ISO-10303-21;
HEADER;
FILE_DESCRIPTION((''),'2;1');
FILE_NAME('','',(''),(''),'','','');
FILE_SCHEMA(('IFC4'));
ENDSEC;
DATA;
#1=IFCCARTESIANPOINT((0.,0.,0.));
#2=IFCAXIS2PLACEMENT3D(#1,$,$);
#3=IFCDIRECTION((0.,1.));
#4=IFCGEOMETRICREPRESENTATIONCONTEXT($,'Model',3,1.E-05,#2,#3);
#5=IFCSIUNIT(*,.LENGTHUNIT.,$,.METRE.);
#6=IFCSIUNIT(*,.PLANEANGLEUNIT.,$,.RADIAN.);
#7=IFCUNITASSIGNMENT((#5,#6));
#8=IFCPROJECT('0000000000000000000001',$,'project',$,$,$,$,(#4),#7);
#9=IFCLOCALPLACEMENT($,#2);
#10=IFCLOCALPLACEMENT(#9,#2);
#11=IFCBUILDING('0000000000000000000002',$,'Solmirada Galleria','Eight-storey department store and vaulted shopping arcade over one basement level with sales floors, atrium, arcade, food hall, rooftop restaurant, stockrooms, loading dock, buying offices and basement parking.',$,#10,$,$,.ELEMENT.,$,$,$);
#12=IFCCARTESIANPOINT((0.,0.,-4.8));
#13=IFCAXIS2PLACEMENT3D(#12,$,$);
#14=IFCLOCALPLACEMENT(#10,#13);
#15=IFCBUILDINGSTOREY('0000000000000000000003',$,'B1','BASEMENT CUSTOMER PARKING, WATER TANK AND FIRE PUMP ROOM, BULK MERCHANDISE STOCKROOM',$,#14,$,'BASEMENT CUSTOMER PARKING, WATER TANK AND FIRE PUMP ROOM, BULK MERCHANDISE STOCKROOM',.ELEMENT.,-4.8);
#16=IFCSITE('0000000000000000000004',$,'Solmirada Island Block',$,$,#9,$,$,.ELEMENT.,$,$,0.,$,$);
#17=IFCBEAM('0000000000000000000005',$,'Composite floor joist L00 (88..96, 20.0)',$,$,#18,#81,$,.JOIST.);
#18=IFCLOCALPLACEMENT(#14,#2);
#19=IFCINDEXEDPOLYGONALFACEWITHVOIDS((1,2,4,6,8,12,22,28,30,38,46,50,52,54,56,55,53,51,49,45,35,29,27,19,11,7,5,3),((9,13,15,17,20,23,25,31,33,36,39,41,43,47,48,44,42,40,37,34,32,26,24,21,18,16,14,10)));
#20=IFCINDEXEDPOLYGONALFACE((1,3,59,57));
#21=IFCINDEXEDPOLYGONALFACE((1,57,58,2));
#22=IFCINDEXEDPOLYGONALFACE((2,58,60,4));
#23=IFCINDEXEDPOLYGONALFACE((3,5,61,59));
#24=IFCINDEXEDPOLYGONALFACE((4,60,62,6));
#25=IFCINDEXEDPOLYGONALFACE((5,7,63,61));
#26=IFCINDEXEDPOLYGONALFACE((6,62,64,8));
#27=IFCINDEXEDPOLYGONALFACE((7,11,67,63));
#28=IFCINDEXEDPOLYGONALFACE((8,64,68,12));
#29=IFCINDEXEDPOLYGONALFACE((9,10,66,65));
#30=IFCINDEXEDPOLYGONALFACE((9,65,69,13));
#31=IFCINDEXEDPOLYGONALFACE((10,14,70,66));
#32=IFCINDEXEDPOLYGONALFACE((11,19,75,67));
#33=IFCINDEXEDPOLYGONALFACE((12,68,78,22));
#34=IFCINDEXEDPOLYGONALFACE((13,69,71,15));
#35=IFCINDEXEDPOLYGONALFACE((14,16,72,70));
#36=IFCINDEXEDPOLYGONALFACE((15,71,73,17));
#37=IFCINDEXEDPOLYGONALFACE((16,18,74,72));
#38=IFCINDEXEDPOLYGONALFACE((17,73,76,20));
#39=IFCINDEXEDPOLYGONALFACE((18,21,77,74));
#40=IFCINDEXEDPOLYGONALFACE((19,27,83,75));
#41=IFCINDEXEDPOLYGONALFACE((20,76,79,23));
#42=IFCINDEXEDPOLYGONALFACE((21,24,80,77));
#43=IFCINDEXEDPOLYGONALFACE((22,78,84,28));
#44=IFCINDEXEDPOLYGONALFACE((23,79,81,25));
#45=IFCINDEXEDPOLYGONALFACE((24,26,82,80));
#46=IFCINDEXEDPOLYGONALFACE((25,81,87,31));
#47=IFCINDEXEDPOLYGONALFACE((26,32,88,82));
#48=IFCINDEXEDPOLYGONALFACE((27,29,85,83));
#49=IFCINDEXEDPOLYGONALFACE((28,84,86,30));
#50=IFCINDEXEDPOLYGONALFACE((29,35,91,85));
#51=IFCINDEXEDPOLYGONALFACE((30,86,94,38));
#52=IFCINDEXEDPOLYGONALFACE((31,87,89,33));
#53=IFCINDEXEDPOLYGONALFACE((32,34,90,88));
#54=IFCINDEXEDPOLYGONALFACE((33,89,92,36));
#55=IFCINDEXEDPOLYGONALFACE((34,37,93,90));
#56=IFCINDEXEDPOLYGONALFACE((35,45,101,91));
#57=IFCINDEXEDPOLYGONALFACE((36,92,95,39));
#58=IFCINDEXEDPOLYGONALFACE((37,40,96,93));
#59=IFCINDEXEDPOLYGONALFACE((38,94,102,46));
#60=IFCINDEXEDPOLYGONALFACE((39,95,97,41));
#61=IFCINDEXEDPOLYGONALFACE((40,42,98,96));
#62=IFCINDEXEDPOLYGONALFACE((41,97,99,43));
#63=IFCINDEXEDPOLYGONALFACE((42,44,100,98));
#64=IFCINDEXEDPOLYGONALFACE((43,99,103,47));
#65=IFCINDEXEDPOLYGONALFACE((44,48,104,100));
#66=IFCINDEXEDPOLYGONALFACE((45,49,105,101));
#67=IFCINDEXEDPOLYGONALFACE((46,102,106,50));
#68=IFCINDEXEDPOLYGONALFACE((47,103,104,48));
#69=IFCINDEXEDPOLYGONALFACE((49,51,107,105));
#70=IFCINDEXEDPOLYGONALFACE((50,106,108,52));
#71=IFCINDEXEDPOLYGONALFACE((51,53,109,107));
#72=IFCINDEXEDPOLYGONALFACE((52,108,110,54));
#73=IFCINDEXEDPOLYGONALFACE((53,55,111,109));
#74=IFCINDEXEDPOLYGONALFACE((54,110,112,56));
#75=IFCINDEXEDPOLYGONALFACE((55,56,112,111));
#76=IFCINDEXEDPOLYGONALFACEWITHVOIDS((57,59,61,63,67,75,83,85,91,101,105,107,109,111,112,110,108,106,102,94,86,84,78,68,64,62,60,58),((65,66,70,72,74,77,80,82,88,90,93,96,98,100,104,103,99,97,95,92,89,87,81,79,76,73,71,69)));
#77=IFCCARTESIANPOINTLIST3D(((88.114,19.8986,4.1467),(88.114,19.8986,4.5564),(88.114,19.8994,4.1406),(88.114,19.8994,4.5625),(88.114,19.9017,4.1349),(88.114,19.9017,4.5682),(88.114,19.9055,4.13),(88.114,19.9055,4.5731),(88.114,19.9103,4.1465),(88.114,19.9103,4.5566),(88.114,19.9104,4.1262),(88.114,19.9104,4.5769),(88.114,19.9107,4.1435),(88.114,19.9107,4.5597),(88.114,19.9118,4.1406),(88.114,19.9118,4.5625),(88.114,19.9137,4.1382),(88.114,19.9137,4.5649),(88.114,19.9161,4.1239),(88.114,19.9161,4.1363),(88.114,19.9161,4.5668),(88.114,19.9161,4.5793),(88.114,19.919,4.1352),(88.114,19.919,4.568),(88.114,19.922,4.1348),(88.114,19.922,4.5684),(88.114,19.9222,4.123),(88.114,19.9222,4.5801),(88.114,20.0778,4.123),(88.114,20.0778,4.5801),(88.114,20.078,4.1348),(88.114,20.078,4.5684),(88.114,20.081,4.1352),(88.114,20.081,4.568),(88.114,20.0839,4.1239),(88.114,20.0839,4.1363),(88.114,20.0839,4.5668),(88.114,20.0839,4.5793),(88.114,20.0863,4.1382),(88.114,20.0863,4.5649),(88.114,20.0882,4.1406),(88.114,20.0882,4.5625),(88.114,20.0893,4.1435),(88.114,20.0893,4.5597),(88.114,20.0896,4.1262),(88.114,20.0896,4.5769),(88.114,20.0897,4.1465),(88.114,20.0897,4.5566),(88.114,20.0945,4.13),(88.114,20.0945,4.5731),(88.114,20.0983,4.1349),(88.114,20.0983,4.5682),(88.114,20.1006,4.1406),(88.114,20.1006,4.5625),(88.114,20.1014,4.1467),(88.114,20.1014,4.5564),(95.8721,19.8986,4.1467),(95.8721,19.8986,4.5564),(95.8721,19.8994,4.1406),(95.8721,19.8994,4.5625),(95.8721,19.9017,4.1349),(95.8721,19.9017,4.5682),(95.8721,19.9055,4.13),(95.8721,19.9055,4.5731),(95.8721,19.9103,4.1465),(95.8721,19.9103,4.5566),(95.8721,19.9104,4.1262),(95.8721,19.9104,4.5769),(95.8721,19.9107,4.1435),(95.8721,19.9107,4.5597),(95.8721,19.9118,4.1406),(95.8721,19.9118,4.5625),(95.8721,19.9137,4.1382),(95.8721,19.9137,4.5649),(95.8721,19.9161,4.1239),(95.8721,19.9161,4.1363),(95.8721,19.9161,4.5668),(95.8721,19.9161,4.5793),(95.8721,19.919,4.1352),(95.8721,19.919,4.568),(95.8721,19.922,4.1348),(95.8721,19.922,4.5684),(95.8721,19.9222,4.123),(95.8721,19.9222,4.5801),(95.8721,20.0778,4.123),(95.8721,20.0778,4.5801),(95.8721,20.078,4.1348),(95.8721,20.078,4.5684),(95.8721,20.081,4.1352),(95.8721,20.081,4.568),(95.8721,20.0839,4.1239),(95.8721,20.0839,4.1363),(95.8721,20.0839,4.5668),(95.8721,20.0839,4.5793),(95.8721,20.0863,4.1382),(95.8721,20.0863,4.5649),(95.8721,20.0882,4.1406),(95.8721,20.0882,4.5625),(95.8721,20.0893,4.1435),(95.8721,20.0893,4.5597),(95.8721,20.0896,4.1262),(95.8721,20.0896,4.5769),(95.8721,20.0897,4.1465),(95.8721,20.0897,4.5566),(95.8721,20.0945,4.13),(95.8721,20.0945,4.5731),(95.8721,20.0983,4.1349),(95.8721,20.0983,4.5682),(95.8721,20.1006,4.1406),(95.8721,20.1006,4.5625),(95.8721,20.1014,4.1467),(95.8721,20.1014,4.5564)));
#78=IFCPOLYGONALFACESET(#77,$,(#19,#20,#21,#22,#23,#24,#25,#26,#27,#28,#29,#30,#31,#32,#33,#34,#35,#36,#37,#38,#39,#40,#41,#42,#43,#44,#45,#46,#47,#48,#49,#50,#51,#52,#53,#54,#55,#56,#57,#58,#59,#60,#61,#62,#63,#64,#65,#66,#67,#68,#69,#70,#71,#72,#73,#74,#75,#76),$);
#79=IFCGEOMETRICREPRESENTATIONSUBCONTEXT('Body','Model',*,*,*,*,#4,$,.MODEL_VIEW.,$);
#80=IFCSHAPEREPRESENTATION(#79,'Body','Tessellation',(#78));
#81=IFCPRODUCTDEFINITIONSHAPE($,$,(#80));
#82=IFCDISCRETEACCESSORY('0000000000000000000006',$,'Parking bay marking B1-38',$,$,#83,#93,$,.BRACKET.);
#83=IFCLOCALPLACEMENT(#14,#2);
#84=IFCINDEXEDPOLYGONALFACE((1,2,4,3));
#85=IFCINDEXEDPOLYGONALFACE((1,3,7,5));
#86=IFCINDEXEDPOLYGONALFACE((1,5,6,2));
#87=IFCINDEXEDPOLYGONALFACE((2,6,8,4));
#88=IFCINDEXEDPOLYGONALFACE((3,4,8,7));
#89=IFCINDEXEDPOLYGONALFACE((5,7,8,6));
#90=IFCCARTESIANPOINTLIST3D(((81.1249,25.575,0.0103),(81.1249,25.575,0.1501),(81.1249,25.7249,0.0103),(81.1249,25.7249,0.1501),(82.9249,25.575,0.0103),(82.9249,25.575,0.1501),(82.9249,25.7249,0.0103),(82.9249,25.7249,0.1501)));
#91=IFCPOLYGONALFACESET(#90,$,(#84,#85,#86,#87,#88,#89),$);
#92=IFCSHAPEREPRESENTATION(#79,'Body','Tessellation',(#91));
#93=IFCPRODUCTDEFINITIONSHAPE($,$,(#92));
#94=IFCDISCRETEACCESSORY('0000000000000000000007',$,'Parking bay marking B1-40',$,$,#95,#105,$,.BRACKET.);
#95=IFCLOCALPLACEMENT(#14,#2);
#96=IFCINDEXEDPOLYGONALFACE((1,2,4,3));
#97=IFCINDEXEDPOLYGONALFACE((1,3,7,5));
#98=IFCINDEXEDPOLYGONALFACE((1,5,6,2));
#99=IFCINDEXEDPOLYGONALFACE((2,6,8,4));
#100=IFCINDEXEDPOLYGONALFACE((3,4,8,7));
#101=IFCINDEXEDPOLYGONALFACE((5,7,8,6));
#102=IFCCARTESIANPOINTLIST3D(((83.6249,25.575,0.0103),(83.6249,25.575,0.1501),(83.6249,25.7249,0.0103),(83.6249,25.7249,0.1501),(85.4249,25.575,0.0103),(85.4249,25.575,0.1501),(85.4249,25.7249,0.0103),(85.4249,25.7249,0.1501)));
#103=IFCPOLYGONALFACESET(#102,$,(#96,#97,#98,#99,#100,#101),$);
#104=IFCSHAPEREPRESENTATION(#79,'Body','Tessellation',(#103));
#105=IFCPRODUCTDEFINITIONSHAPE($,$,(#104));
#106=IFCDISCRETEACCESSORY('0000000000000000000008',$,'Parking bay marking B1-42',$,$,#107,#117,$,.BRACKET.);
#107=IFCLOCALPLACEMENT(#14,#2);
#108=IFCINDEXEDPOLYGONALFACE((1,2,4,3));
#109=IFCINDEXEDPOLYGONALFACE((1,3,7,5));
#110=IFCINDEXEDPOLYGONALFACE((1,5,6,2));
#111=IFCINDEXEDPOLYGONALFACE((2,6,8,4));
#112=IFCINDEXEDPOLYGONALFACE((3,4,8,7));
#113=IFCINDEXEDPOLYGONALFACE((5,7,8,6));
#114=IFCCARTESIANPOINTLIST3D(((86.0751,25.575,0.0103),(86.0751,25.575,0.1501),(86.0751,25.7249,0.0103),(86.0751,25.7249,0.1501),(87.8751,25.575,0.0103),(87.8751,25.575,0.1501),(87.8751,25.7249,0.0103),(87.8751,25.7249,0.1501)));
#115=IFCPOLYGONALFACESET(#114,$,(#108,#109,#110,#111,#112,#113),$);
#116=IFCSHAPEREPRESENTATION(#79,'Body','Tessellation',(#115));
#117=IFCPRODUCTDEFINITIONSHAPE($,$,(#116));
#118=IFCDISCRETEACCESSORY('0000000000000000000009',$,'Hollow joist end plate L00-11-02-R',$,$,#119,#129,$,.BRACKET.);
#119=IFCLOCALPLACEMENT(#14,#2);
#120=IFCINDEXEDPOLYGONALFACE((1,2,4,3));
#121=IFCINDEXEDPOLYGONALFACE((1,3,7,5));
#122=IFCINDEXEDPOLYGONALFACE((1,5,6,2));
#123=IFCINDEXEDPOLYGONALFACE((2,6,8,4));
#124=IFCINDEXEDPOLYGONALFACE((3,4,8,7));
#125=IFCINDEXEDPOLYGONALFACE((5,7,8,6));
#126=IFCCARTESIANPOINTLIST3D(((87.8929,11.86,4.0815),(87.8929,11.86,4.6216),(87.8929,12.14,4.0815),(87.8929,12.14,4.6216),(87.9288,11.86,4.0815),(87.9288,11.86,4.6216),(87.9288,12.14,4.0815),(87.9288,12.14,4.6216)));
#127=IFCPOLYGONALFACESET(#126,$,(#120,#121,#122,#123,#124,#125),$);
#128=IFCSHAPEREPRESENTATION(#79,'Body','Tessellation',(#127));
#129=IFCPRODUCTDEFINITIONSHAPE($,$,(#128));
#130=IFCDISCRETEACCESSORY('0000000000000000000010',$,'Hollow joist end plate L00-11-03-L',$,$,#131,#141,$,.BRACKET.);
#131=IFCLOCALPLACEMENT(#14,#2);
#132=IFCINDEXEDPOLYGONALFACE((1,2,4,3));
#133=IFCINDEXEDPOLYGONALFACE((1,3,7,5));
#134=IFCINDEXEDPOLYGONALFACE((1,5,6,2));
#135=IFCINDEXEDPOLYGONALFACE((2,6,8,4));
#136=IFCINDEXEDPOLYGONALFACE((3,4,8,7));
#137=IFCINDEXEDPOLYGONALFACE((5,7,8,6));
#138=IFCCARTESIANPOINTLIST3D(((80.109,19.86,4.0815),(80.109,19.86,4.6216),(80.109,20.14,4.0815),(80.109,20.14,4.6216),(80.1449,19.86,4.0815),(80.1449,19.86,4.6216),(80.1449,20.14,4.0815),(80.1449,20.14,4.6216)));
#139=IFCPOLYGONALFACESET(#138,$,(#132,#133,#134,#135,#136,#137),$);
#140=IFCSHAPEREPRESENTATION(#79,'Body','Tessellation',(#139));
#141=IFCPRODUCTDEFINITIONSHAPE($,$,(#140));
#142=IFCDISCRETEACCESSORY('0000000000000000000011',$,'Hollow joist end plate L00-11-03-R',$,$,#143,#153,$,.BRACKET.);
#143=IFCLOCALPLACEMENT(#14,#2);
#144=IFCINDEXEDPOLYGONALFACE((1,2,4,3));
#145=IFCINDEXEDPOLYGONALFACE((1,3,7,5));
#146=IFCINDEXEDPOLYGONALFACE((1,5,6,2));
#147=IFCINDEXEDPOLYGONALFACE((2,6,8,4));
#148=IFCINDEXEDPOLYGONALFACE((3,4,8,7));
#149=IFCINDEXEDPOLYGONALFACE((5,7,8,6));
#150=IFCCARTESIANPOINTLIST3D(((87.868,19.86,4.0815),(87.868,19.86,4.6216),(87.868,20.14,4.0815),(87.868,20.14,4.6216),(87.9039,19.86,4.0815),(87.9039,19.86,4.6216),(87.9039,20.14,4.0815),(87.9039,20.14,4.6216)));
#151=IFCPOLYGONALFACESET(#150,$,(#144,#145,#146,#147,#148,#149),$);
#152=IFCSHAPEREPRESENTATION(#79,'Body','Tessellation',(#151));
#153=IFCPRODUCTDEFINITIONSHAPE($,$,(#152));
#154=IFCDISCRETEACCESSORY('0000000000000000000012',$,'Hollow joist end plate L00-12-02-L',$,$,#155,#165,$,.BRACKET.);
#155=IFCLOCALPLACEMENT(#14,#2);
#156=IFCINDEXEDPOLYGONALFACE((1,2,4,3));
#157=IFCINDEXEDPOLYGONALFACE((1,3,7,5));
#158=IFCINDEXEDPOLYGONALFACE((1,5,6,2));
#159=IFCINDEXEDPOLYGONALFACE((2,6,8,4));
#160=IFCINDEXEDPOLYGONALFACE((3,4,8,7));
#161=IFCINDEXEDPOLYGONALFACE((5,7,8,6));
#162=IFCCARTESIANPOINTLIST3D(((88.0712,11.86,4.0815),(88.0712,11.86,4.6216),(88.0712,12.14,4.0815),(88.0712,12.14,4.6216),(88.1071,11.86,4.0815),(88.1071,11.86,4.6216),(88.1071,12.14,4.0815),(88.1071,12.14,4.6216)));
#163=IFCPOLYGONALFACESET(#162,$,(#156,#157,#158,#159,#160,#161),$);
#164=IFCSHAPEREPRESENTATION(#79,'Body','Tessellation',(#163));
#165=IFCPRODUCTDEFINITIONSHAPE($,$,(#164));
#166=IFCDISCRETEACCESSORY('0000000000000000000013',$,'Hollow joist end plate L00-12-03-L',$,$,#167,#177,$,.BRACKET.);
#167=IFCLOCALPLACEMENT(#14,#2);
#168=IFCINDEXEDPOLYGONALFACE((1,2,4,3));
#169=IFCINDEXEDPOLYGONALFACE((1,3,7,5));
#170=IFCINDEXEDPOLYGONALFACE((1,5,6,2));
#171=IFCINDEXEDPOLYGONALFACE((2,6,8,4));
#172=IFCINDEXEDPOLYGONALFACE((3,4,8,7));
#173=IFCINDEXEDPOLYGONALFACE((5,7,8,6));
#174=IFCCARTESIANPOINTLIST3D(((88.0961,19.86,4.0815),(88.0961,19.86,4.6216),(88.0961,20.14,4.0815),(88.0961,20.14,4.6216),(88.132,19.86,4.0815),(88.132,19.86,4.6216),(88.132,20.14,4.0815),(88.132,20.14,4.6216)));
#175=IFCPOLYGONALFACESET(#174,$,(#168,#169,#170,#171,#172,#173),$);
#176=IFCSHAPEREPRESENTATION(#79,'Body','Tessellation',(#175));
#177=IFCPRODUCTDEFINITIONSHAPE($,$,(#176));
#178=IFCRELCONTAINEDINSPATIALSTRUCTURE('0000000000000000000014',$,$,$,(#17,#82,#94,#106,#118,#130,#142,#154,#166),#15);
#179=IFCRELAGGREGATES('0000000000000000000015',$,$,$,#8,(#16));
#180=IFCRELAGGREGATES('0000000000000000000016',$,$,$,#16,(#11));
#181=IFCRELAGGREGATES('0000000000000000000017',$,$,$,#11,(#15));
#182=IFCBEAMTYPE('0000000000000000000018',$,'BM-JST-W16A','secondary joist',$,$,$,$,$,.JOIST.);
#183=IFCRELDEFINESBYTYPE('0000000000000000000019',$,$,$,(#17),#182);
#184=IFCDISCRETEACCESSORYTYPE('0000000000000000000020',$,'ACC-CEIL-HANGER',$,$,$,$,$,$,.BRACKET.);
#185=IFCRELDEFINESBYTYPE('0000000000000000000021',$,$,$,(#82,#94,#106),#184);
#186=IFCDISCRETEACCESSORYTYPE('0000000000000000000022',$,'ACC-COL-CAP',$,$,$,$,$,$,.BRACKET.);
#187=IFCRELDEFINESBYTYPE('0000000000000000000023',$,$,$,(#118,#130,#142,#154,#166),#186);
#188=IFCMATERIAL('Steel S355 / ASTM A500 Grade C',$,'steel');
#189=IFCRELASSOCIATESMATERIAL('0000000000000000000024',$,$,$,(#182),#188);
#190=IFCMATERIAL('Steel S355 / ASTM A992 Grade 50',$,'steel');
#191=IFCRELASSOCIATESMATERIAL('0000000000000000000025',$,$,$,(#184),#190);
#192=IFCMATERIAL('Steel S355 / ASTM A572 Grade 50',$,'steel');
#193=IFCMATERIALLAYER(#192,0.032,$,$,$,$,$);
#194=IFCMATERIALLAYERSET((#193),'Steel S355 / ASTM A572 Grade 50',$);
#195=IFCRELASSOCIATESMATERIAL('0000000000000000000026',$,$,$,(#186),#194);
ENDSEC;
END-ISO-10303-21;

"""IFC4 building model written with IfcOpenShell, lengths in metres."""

from ifc_helpers import new_model, si_unit, direction, frame, origin, origin_2d, place, context, subcontext, project, spatial, rectangle, hollow_rectangle, extrude, material, layer, layer_set, material_profile, profile_set, type_object, element, save


model = new_model("IFC4")

# Units and contexts
model_context = context("Model", 3, precision=1e-05, world=origin(), true_north=direction((0.0, 1.0)))
body_context = subcontext(model_context, "Body", "Model", "MODEL_VIEW")
ifc_project = project(units=[si_unit("LENGTHUNIT", "METRE"), si_unit("PLANEANGLEUNIT", "RADIAN")], contexts=[model_context])

# Site, building, storey
site_placement = place(None, origin())
site = spatial("IfcSite", under=ifc_project, at=site_placement, Name="Solmirada Island Block", CompositionType="ELEMENT", RefElevation=0.0)
building_placement = place(site_placement, origin())
building = spatial("IfcBuilding", under=site, at=building_placement, Name="Solmirada Galleria", Description="Eight-storey department store and vaulted shopping arcade over one basement level with sales floors, atrium, arcade, food hall, rooftop restaurant, stockrooms, loading dock, buying offices and basement parking.", CompositionType="ELEMENT")
storey_placement = place(building_placement, frame((0.0, 0.0, -4.8)))
storey = spatial("IfcBuildingStorey", under=building, at=storey_placement, Name="B1", Description="BASEMENT CUSTOMER PARKING, WATER TANK AND FIRE PUMP ROOM, BULK MERCHANDISE STOCKROOM", LongName="BASEMENT CUSTOMER PARKING, WATER TANK AND FIRE PUMP ROOM, BULK MERCHANDISE STOCKROOM", CompositionType="ELEMENT", Elevation=-4.8)

# Beam
ifc_material_1 = material(Name="Steel S355 / ASTM A992 Grade 50", Category="steel")
ifc_material_2 = material(Name="Steel S355 / ASTM A500 Grade C", Category="steel")
ifc_material_profile_1 = material_profile(ifc_material_2, hollow_rectangle(XDim=0.2029, YDim=0.457, WallThickness=0.0117, InnerFilletRadius=0.0117, OuterFilletRadius=0.0237, at=origin_2d()), Name="HSS18X8X1/2")
ifc_profile_set_1 = profile_set([ifc_material_profile_1], Name="Steel S355 / ASTM A500 Grade C")
beam_type_1 = type_object("IfcBeamType", Name="BM-JST-W16A", Description="secondary joist", PredefinedType="JOIST", material=ifc_profile_set_1)
beam_1_placement = place(storey_placement, frame((88.114, 20.0, 4.3516), z_axis=(1.0, 0.0, 0.0), x_axis=(0.0, 1.0, 0.0)))
element("IfcBeam", 1, at=beam_1_placement, inside=storey, type_object=beam_type_1, Name="Composite floor joist L00 (88..96, 20.0)", PredefinedType="JOIST", context=body_context, shape_type="SweptSolid", body=[
    extrude(hollow_rectangle(XDim=0.2029, YDim=0.457, WallThickness=0.0117, InnerFilletRadius=0.0117, OuterFilletRadius=0.0237, at=origin_2d()), origin(), (0.0, 0.0, 1.0), 7.7581),
])

# Discrete accessories
discrete_accessory_type_1 = type_object("IfcDiscreteAccessoryType", Name="ACC-CEIL-HANGER", PredefinedType="BRACKET", material=ifc_material_1)
for number, where, z_axis, x_axis, name in (
    (2, (82.0249, 25.6499, 0.0103), (0.0, 0.0, 1.0), (1.0, 0.0, 0.0), "Parking bay marking B1-38"),
    (3, (84.5249, 25.6499, 0.0103), (0.0, 0.0, 1.0), (1.0, 0.0, 0.0), "Parking bay marking B1-40"),
    (4, (86.9751, 25.6499, 0.0103), (0.0, 0.0, 1.0), (1.0, 0.0, 0.0), "Parking bay marking B1-42"),
):
    element("IfcDiscreteAccessory", number, at=place(storey_placement, frame(where, z_axis=z_axis, x_axis=x_axis)), inside=storey, type_object=discrete_accessory_type_1, Name=name, PredefinedType="BRACKET", context=body_context, shape_type="SweptSolid", body=[
        extrude(rectangle(XDim=1.8, YDim=0.1499, at=origin_2d()), origin(), (0.0, 0.0, 1.0), 0.1399),
    ])
ifc_material_3 = material(Name="Steel S355 / ASTM A572 Grade 50", Category="steel")
ifc_layer = layer(ifc_material_3, 0.032)
ifc_layer_set = layer_set([ifc_layer], Name="Steel S355 / ASTM A572 Grade 50")
discrete_accessory_type_2 = type_object("IfcDiscreteAccessoryType", Name="ACC-COL-CAP", PredefinedType="BRACKET", material=ifc_layer_set)
for number, where, z_axis, x_axis, name in (
    (5, (87.9109, 12.0, 4.0815), (0.0, 0.0, 1.0), (1.0, 0.0, 0.0), "Hollow joist end plate L00-11-02-R"),
    (6, (80.127, 20.0, 4.0815), (0.0, 0.0, 1.0), (1.0, 0.0, 0.0), "Hollow joist end plate L00-11-03-L"),
    (7, (87.886, 20.0, 4.0815), (0.0, 0.0, 1.0), (1.0, 0.0, 0.0), "Hollow joist end plate L00-11-03-R"),
    (8, (88.0891, 12.0, 4.0815), (0.0, 0.0, 1.0), (1.0, 0.0, 0.0), "Hollow joist end plate L00-12-02-L"),
    (9, (88.114, 20.0, 4.0815), (0.0, 0.0, 1.0), (1.0, 0.0, 0.0), "Hollow joist end plate L00-12-03-L"),
):
    element("IfcDiscreteAccessory", number, at=place(storey_placement, frame(where, z_axis=z_axis, x_axis=x_axis)), inside=storey, type_object=discrete_accessory_type_2, Name=name, PredefinedType="BRACKET", context=body_context, shape_type="SweptSolid", body=[
        extrude(rectangle(XDim=0.0359, YDim=0.28, at=origin_2d()), origin(), (0.0, 0.0, 1.0), 0.54),
    ])

save(model, "model.ifc")
